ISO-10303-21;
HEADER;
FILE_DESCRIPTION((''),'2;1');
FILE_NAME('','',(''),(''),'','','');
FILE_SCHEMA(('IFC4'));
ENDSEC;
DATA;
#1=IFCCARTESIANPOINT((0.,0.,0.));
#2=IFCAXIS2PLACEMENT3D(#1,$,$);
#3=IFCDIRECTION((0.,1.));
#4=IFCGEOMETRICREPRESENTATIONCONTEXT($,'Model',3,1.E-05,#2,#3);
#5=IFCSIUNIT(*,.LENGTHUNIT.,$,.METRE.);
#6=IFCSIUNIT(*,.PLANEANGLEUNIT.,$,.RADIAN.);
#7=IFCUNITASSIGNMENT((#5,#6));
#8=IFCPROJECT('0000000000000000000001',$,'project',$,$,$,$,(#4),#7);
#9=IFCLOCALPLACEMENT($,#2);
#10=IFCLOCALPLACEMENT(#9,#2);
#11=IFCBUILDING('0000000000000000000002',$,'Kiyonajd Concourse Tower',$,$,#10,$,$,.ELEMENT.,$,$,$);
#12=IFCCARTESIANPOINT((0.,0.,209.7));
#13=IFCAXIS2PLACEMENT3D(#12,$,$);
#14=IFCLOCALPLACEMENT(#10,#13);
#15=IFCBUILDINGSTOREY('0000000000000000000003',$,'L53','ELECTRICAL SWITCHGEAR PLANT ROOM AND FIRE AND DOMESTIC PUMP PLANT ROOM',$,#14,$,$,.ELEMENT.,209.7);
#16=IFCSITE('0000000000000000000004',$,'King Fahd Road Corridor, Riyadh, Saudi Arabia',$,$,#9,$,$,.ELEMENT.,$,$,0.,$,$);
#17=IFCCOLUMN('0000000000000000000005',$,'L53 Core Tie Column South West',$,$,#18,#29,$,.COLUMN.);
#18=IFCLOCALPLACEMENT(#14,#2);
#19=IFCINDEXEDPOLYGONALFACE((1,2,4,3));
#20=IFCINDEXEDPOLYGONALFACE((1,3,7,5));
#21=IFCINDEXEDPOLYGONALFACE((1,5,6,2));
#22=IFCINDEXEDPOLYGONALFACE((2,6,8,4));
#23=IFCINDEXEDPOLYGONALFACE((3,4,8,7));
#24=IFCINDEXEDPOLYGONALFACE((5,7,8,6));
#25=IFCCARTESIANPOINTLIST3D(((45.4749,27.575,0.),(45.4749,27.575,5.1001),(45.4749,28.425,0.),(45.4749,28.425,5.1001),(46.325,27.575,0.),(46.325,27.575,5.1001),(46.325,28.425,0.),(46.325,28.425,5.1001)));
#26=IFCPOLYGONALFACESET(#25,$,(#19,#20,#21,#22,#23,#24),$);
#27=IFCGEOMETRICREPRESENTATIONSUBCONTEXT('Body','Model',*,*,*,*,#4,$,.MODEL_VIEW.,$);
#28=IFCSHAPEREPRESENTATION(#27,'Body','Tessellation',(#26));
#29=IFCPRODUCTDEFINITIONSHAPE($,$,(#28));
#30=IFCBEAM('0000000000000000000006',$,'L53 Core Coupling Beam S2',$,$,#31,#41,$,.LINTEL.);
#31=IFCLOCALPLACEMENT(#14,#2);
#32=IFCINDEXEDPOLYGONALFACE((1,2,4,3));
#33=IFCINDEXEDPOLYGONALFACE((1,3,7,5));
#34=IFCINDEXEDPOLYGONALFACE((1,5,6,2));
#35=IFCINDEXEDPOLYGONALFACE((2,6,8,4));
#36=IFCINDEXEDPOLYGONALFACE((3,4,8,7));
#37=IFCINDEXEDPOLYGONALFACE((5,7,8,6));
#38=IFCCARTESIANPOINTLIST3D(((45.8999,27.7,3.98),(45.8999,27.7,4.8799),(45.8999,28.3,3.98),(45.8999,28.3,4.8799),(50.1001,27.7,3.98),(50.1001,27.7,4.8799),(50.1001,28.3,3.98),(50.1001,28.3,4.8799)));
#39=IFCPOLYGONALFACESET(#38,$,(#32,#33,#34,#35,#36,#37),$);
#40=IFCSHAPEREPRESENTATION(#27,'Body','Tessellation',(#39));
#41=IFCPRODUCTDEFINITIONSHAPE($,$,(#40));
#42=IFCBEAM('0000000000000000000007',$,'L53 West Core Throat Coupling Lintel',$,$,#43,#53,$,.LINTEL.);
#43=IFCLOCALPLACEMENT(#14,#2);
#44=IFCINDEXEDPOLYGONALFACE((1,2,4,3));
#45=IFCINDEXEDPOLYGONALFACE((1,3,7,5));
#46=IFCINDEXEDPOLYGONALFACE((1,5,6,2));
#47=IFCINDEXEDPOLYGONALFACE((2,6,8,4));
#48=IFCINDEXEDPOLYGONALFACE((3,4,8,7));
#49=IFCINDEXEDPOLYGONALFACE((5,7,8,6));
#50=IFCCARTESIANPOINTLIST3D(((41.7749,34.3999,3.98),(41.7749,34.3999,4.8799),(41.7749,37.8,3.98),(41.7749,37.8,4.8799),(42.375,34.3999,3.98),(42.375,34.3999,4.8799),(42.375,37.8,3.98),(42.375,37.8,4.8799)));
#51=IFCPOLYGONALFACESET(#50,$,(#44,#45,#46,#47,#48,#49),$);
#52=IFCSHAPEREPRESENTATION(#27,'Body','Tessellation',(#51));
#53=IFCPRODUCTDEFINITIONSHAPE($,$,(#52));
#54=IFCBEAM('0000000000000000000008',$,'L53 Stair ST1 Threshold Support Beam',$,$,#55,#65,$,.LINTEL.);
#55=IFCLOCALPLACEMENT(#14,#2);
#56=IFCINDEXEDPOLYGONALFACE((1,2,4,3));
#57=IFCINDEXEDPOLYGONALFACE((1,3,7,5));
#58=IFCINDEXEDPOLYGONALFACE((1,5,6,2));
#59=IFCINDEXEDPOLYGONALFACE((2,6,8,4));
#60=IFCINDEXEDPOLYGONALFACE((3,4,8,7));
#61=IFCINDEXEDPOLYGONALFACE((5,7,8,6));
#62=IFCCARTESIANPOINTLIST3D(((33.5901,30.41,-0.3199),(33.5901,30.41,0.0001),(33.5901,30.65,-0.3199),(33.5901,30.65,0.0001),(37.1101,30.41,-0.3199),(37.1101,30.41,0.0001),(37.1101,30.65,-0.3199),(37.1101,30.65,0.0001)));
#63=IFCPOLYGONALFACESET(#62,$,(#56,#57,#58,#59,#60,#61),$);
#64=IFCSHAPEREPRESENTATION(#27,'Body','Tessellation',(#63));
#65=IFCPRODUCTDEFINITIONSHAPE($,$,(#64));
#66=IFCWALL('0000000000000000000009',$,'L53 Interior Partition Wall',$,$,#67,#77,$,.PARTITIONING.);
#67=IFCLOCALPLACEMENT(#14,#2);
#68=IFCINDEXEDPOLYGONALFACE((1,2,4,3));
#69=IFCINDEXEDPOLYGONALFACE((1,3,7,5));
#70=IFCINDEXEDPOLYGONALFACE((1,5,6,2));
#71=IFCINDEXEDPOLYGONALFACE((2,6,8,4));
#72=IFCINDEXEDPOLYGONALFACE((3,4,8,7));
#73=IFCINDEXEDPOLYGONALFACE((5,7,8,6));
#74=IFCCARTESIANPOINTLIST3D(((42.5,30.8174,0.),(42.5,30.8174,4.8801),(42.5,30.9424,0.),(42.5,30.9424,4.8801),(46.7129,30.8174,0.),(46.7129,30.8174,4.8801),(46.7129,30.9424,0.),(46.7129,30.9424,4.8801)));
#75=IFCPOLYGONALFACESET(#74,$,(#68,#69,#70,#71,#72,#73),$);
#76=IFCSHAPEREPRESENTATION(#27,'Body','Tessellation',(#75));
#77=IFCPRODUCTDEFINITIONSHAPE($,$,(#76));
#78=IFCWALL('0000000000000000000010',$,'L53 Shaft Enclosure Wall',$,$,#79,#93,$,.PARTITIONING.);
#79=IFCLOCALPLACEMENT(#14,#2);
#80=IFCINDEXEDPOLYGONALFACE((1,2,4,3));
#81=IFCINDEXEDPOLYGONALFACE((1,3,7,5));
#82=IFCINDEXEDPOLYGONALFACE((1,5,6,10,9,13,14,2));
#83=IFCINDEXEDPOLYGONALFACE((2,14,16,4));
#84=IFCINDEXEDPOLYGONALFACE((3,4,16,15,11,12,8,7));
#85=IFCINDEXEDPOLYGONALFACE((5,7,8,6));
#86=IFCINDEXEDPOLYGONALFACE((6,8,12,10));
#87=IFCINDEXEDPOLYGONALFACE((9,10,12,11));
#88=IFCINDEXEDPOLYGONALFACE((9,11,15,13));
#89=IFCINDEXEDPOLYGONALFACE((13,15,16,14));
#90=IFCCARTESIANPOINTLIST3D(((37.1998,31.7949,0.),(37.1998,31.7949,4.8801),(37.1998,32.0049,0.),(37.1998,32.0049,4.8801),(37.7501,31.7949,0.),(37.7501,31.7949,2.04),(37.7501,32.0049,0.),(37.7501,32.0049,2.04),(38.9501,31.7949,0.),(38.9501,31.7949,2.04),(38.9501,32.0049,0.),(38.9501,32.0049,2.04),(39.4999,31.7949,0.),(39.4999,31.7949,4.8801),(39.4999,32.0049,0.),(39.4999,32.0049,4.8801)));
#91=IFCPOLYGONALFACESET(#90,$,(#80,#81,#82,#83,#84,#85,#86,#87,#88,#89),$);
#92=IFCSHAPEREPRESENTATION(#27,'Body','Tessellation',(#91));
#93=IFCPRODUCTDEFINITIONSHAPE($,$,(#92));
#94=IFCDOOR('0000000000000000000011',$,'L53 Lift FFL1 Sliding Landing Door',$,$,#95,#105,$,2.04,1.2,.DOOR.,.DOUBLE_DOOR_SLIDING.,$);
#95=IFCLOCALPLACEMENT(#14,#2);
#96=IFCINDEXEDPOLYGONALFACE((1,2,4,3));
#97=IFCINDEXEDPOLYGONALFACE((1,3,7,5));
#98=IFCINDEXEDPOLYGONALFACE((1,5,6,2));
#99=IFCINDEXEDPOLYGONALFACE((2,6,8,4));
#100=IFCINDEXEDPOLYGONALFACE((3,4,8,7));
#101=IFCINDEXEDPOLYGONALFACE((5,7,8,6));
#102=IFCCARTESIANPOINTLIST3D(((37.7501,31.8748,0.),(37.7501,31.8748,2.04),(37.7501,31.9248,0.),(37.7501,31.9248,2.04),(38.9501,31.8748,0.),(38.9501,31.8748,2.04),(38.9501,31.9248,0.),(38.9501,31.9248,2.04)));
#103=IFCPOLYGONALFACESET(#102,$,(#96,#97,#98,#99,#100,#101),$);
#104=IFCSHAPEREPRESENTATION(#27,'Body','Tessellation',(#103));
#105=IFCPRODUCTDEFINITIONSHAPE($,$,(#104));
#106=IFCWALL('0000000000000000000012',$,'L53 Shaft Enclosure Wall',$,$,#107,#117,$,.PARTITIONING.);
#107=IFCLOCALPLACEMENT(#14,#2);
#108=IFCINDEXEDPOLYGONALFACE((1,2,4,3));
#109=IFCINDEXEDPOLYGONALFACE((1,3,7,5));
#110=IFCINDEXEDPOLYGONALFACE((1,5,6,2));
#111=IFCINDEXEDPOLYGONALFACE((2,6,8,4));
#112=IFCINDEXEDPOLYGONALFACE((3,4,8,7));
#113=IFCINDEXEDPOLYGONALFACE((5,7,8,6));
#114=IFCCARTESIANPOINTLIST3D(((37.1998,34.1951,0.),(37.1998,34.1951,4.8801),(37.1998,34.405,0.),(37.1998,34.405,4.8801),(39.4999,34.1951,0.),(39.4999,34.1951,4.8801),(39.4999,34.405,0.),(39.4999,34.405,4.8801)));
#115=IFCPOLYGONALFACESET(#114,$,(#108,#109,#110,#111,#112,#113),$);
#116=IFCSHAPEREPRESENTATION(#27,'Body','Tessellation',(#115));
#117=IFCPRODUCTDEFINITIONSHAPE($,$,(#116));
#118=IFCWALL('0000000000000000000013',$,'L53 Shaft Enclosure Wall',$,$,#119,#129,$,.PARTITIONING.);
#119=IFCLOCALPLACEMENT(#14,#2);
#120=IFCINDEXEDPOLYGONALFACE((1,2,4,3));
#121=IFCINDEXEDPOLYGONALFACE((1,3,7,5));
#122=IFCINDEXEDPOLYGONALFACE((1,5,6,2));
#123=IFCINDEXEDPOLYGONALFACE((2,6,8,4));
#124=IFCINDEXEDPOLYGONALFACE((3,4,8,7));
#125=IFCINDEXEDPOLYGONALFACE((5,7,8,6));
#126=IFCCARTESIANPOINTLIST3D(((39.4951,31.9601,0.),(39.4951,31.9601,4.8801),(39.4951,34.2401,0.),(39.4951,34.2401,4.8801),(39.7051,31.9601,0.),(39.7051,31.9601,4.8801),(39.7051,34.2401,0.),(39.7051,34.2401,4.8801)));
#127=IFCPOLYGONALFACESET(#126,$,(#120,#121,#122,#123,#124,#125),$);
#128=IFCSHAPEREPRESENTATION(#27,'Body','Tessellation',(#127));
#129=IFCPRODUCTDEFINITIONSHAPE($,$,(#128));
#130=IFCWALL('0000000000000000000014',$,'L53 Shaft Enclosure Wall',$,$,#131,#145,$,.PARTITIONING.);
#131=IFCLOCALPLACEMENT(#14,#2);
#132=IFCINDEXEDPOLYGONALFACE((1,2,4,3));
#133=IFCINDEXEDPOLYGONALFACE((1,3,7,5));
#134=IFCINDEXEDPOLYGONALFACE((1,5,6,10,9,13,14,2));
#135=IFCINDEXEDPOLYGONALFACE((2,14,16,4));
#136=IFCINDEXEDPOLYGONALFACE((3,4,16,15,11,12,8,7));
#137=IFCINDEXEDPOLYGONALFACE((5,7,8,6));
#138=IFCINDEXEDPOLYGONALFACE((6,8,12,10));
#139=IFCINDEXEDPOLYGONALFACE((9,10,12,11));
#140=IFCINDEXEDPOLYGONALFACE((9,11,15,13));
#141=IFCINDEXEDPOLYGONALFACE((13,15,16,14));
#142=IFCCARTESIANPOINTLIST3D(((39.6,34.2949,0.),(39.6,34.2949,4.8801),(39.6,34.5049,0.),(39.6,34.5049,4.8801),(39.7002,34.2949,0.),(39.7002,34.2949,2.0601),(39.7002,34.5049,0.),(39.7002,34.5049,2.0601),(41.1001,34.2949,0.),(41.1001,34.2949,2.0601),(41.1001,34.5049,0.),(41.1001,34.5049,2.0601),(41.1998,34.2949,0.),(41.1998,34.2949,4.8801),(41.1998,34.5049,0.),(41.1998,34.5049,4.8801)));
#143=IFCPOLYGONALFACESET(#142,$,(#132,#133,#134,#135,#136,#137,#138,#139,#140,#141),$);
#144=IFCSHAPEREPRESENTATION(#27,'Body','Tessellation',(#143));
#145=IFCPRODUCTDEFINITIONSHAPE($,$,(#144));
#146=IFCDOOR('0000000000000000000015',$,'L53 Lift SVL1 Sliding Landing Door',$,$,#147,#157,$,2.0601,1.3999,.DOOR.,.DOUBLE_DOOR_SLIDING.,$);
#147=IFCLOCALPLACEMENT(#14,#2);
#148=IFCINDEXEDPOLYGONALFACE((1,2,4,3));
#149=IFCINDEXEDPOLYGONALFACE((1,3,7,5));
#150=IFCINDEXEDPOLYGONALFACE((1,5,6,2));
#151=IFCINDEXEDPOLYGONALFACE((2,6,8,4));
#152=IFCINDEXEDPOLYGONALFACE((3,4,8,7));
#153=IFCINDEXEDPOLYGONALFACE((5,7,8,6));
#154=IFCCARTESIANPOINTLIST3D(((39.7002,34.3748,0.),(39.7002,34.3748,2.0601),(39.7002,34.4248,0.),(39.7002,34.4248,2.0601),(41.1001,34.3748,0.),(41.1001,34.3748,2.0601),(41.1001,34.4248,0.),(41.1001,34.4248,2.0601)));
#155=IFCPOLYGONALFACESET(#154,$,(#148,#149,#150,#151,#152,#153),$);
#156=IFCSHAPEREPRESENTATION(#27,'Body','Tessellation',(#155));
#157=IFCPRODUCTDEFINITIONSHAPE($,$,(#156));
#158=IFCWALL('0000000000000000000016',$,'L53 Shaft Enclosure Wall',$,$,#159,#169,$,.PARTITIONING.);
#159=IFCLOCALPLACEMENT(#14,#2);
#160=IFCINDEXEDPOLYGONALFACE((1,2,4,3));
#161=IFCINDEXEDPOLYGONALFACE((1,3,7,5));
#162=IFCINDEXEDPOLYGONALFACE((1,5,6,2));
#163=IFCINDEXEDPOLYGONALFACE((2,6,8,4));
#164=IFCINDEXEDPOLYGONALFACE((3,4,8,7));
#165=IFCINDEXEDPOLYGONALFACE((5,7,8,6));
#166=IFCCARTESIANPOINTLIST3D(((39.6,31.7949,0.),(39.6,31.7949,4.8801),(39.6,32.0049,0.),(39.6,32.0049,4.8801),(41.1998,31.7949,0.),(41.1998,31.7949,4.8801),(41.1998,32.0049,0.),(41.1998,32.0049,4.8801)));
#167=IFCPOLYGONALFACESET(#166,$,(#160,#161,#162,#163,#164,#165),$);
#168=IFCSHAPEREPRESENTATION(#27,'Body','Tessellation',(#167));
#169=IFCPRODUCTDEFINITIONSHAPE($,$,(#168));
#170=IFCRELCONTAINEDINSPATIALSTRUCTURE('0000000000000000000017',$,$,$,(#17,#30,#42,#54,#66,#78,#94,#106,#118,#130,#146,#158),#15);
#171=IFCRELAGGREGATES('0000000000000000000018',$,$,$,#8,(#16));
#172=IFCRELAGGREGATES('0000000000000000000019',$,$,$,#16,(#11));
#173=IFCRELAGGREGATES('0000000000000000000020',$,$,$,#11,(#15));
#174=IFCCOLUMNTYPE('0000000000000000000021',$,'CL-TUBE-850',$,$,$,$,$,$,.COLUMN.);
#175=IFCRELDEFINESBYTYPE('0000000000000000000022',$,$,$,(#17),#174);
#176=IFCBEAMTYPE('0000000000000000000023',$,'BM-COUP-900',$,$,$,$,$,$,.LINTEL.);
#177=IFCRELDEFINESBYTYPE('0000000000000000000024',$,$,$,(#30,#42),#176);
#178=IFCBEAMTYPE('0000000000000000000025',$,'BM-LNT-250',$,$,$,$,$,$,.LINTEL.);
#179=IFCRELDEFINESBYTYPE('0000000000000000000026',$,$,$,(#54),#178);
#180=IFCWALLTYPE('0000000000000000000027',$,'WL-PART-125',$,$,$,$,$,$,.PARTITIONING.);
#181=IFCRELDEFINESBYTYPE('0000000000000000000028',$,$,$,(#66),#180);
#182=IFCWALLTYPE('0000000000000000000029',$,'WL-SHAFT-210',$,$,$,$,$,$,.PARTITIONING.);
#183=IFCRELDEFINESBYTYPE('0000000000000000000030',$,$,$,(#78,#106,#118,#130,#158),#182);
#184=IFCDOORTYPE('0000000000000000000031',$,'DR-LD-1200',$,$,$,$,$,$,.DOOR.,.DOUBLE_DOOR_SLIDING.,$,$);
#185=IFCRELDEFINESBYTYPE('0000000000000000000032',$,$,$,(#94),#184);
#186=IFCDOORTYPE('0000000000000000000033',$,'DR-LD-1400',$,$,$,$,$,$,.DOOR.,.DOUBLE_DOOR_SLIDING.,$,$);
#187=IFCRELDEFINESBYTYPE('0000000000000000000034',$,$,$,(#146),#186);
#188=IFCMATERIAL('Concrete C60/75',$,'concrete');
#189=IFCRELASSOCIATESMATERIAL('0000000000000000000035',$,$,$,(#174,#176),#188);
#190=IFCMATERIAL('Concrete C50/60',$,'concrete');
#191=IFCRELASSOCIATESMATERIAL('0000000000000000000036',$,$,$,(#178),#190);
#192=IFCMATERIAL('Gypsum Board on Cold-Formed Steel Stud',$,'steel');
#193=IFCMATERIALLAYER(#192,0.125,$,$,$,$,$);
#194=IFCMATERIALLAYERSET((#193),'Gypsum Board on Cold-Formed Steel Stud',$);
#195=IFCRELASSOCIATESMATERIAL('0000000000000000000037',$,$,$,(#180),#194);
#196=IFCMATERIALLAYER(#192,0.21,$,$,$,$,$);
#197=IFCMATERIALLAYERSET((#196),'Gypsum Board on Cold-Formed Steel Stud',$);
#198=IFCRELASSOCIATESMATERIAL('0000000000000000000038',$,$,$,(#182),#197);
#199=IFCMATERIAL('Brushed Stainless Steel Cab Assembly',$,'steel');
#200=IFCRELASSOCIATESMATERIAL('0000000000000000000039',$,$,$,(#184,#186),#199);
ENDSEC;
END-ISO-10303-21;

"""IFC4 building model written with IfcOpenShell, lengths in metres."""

from ifc_helpers import new_model, si_unit, direction, frame, frame_2d, origin, origin_2d, place, context, subcontext, project, spatial, rectangle, extrude, material, layer, layer_set, material_profile, profile_set, type_object, element, fill, save


model = new_model("IFC4")

# Units and contexts
model_context = context("Model", 3, precision=1e-05, world=origin(), true_north=direction((0.0, 1.0)))
body_context = subcontext(model_context, "Body", "Model", "MODEL_VIEW")
ifc_project = project(units=[si_unit("LENGTHUNIT", "METRE"), si_unit("PLANEANGLEUNIT", "RADIAN")], contexts=[model_context])

# Site, building, storey
site_placement = place(None, origin())
site = spatial("IfcSite", under=ifc_project, at=site_placement, Name="King Fahd Road Corridor, Riyadh, Saudi Arabia", CompositionType="ELEMENT", RefElevation=0.0)
building_placement = place(site_placement, origin())
building = spatial("IfcBuilding", under=site, at=building_placement, Name="Kiyonajd Concourse Tower", CompositionType="ELEMENT")
storey_placement = place(building_placement, frame((0.0, 0.0, 209.7)))
storey = spatial("IfcBuildingStorey", under=building, at=storey_placement, Name="L53", Description="ELECTRICAL SWITCHGEAR PLANT ROOM AND FIRE AND DOMESTIC PUMP PLANT ROOM", CompositionType="ELEMENT", Elevation=209.7)

# Column
ifc_material_1 = material(Name="Concrete C60/75", Category="concrete")
ifc_material_profile_1 = material_profile(ifc_material_1, rectangle(XDim=0.8501, YDim=0.8501, at=origin_2d()), Name="RC-850x850")
ifc_profile_set_1 = profile_set([ifc_material_profile_1], Name="Concrete C60/75")
column_type = type_object("IfcColumnType", Name="CL-TUBE-850", PredefinedType="COLUMN", material=ifc_profile_set_1)
column_placement = place(storey_placement, frame((45.8999, 28.0, 0.0), z_axis=(0.0, 0.0, 1.0), x_axis=(1.0, 0.0, 0.0)))
element("IfcColumn", 1, at=column_placement, inside=storey, type_object=column_type, Name="L53 Core Tie Column South West", PredefinedType="COLUMN", context=body_context, shape_type="SweptSolid", body=[
    extrude(rectangle(XDim=0.8501, YDim=0.8501, at=origin_2d()), origin(), (0.0, 0.0, 1.0), 5.1001),
])

# Beams
ifc_material_profile_2 = material_profile(ifc_material_1, rectangle(XDim=0.6001, YDim=0.8999, at=origin_2d()), Name="RCBM-600x900")
ifc_profile_set_2 = profile_set([ifc_material_profile_2], Name="Concrete C60/75")
beam_type_1 = type_object("IfcBeamType", Name="BM-COUP-900", PredefinedType="LINTEL", material=ifc_profile_set_2)
beam_1_placement = place(storey_placement, frame((45.8999, 28.0, 4.4299), z_axis=(1.0, 0.0, 0.0), x_axis=(0.0, 1.0, 0.0)))
element("IfcBeam", 2, at=beam_1_placement, inside=storey, type_object=beam_type_1, Name="L53 Core Coupling Beam S2", PredefinedType="LINTEL", context=body_context, shape_type="SweptSolid", body=[
    extrude(rectangle(XDim=0.6001, YDim=0.8999, at=origin_2d()), origin(), (0.0, 0.0, 1.0), 4.2002),
])
beam_2_placement = place(storey_placement, frame((42.075, 34.3999, 4.4299), z_axis=(0.0, 1.0, 0.0), x_axis=(-1.0, 0.0, 0.0)))
element("IfcBeam", 3, at=beam_2_placement, inside=storey, type_object=beam_type_1, Name="L53 West Core Throat Coupling Lintel", PredefinedType="LINTEL", context=body_context, shape_type="SweptSolid", body=[
    extrude(rectangle(XDim=0.6001, YDim=0.8999, at=origin_2d()), origin(), (0.0, 0.0, 1.0), 3.4001),
])
ifc_material_2 = material(Name="Concrete C50/60", Category="concrete")
ifc_material_profile_3 = material_profile(ifc_material_2, rectangle(XDim=0.24, YDim=0.3201, at=origin_2d()), Name="RCBM-240x320")
ifc_profile_set_3 = profile_set([ifc_material_profile_3], Name="Concrete C50/60")
beam_type_2 = type_object("IfcBeamType", Name="BM-LNT-250", PredefinedType="LINTEL", material=ifc_profile_set_3)
beam_3_placement = place(storey_placement, frame((33.5901, 30.53, -0.1599), z_axis=(1.0, 0.0, 0.0), x_axis=(0.0, 1.0, 0.0)))
element("IfcBeam", 4, at=beam_3_placement, inside=storey, type_object=beam_type_2, Name="L53 Stair ST1 Threshold Support Beam", PredefinedType="LINTEL", context=body_context, shape_type="SweptSolid", body=[
    extrude(rectangle(XDim=0.24, YDim=0.3201, at=origin_2d()), origin(), (0.0, 0.0, 1.0), 3.52),
])

# Wall
ifc_material_3 = material(Name="Gypsum Board on Cold-Formed Steel Stud", Category="steel")
ifc_layer_1 = layer(ifc_material_3, 0.125)
ifc_layer_set_1 = layer_set([ifc_layer_1], Name="Gypsum Board on Cold-Formed Steel Stud")
wall_type_1 = type_object("IfcWallType", Name="WL-PART-125", PredefinedType="PARTITIONING", material=ifc_layer_set_1)
wall_1_placement = place(storey_placement, frame((42.5, 30.8799, 0.0), z_axis=(0.0, 0.0, 1.0), x_axis=(1.0, 0.0, 0.0)))
element("IfcWall", 5, at=wall_1_placement, inside=storey, type_object=wall_type_1, Name="L53 Interior Partition Wall", PredefinedType="PARTITIONING", context=body_context, shape_type="SweptSolid", body=[
    extrude(rectangle(XDim=4.2129, YDim=0.125, at=frame_2d((2.1064, 0.0))), origin(), (0.0, 0.0, 1.0), 4.8801),
])

# Wall, opening, door
ifc_layer_2 = layer(ifc_material_3, 0.21)
ifc_layer_set_2 = layer_set([ifc_layer_2], Name="Gypsum Board on Cold-Formed Steel Stud")
wall_type_2 = type_object("IfcWallType", Name="WL-SHAFT-210", PredefinedType="PARTITIONING", material=ifc_layer_set_2)
wall_2_placement = place(storey_placement, frame((37.2, 31.8999, 0.0), z_axis=(0.0, 0.0, 1.0), x_axis=(1.0, 0.0, 0.0)))
wall_2 = element("IfcWall", 6, at=wall_2_placement, inside=storey, type_object=wall_type_2, Name="L53 Shaft Enclosure Wall", PredefinedType="PARTITIONING", context=body_context, shape_type="SweptSolid", body=[
    extrude(rectangle(XDim=2.3, YDim=0.21, at=frame_2d((1.1499, 0.0))), origin(), (0.0, 0.0, 1.0), 4.8801),
])
opening_1_placement = place(wall_2_placement, frame((0.55, 0.0, 0.0)))
opening_1 = element("IfcOpeningElement", 7, at=opening_1_placement, cuts=wall_2, PredefinedType="OPENING", context=body_context, shape_type="SweptSolid", body=[
    extrude(rectangle(XDim=1.2, YDim=2.04, at=frame_2d((0.6001, 1.02))), frame((0.0, 0.115, 0.0), z_axis=(0.0, -1.0, 0.0), x_axis=(1.0, 0.0, 0.0)), (0.0, 0.0, 1.0), 0.23),
])
ifc_material_4 = material(Name="Brushed Stainless Steel Cab Assembly", Category="steel")
door_type_1 = type_object("IfcDoorType", Name="DR-LD-1200", OperationType="DOUBLE_DOOR_SLIDING", PredefinedType="DOOR", material=ifc_material_4)
door_1_placement = place(opening_1_placement, origin())
door_1 = element("IfcDoor", 8, at=door_1_placement, inside=storey, type_object=door_type_1, Name="L53 Lift FFL1 Sliding Landing Door", OperationType="DOUBLE_DOOR_SLIDING", OverallHeight=2.04, OverallWidth=1.2, PredefinedType="DOOR", context=body_context, shape_type="SweptSolid", body=[
    extrude(rectangle(XDim=1.2, YDim=2.04, at=frame_2d((0.6001, 1.02))), frame((0.0, 0.0249, 0.0), z_axis=(0.0, -1.0, 0.0), x_axis=(1.0, 0.0, 0.0)), (0.0, 0.0, 1.0), 0.05),
])
fill(opening_1, door_1)

# Walls
wall_3_placement = place(storey_placement, frame((37.2, 34.3, 0.0), z_axis=(0.0, 0.0, 1.0), x_axis=(1.0, 0.0, 0.0)))
element("IfcWall", 9, at=wall_3_placement, inside=storey, type_object=wall_type_2, Name="L53 Shaft Enclosure Wall", PredefinedType="PARTITIONING", context=body_context, shape_type="SweptSolid", body=[
    extrude(rectangle(XDim=2.3, YDim=0.21, at=frame_2d((1.1499, 0.0))), origin(), (0.0, 0.0, 1.0), 4.8801),
])
wall_4_placement = place(storey_placement, frame((39.6001, 31.96, 0.0), z_axis=(0.0, 0.0, 1.0), x_axis=(0.0, 1.0, 0.0)))
element("IfcWall", 10, at=wall_4_placement, inside=storey, type_object=wall_type_2, Name="L53 Shaft Enclosure Wall", PredefinedType="PARTITIONING", context=body_context, shape_type="SweptSolid", body=[
    extrude(rectangle(XDim=2.28, YDim=0.21, at=frame_2d((1.1401, 0.0))), origin(), (0.0, 0.0, 1.0), 4.8801),
])

# Wall, opening, door
wall_5_placement = place(storey_placement, frame((39.6001, 34.3999, 0.0), z_axis=(0.0, 0.0, 1.0), x_axis=(1.0, 0.0, 0.0)))
wall_5 = element("IfcWall", 11, at=wall_5_placement, inside=storey, type_object=wall_type_2, Name="L53 Shaft Enclosure Wall", PredefinedType="PARTITIONING", context=body_context, shape_type="SweptSolid", body=[
    extrude(rectangle(XDim=1.5999, YDim=0.21, at=frame_2d((0.7998, 0.0))), origin(), (0.0, 0.0, 1.0), 4.8801),
])
opening_2_placement = place(wall_5_placement, frame((0.1001, 0.0, 0.0)))
opening_2 = element("IfcOpeningElement", 12, at=opening_2_placement, cuts=wall_5, PredefinedType="OPENING", context=body_context, shape_type="SweptSolid", body=[
    extrude(rectangle(XDim=1.3999, YDim=2.0601, at=frame_2d((0.7, 1.03))), frame((0.0, 0.115, 0.0), z_axis=(0.0, -1.0, 0.0), x_axis=(1.0, 0.0, 0.0)), (0.0, 0.0, 1.0), 0.23),
])
door_type_2 = type_object("IfcDoorType", Name="DR-LD-1400", OperationType="DOUBLE_DOOR_SLIDING", PredefinedType="DOOR", material=ifc_material_4)
door_2_placement = place(opening_2_placement, origin())
door_2 = element("IfcDoor", 13, at=door_2_placement, inside=storey, type_object=door_type_2, Name="L53 Lift SVL1 Sliding Landing Door", OperationType="DOUBLE_DOOR_SLIDING", OverallHeight=2.0601, OverallWidth=1.3999, PredefinedType="DOOR", context=body_context, shape_type="SweptSolid", body=[
    extrude(rectangle(XDim=1.3999, YDim=2.0601, at=frame_2d((0.7, 1.03))), frame((0.0, 0.0249, 0.0), z_axis=(0.0, -1.0, 0.0), x_axis=(1.0, 0.0, 0.0)), (0.0, 0.0, 1.0), 0.05),
])
fill(opening_2, door_2)

# Wall
wall_6_placement = place(storey_placement, frame((39.6001, 31.8999, 0.0), z_axis=(0.0, 0.0, 1.0), x_axis=(1.0, 0.0, 0.0)))
element("IfcWall", 14, at=wall_6_placement, inside=storey, type_object=wall_type_2, Name="L53 Shaft Enclosure Wall", PredefinedType="PARTITIONING", context=body_context, shape_type="SweptSolid", body=[
    extrude(rectangle(XDim=1.5999, YDim=0.21, at=frame_2d((0.7998, 0.0))), origin(), (0.0, 0.0, 1.0), 4.8801),
])

save(model, "model.ifc")
